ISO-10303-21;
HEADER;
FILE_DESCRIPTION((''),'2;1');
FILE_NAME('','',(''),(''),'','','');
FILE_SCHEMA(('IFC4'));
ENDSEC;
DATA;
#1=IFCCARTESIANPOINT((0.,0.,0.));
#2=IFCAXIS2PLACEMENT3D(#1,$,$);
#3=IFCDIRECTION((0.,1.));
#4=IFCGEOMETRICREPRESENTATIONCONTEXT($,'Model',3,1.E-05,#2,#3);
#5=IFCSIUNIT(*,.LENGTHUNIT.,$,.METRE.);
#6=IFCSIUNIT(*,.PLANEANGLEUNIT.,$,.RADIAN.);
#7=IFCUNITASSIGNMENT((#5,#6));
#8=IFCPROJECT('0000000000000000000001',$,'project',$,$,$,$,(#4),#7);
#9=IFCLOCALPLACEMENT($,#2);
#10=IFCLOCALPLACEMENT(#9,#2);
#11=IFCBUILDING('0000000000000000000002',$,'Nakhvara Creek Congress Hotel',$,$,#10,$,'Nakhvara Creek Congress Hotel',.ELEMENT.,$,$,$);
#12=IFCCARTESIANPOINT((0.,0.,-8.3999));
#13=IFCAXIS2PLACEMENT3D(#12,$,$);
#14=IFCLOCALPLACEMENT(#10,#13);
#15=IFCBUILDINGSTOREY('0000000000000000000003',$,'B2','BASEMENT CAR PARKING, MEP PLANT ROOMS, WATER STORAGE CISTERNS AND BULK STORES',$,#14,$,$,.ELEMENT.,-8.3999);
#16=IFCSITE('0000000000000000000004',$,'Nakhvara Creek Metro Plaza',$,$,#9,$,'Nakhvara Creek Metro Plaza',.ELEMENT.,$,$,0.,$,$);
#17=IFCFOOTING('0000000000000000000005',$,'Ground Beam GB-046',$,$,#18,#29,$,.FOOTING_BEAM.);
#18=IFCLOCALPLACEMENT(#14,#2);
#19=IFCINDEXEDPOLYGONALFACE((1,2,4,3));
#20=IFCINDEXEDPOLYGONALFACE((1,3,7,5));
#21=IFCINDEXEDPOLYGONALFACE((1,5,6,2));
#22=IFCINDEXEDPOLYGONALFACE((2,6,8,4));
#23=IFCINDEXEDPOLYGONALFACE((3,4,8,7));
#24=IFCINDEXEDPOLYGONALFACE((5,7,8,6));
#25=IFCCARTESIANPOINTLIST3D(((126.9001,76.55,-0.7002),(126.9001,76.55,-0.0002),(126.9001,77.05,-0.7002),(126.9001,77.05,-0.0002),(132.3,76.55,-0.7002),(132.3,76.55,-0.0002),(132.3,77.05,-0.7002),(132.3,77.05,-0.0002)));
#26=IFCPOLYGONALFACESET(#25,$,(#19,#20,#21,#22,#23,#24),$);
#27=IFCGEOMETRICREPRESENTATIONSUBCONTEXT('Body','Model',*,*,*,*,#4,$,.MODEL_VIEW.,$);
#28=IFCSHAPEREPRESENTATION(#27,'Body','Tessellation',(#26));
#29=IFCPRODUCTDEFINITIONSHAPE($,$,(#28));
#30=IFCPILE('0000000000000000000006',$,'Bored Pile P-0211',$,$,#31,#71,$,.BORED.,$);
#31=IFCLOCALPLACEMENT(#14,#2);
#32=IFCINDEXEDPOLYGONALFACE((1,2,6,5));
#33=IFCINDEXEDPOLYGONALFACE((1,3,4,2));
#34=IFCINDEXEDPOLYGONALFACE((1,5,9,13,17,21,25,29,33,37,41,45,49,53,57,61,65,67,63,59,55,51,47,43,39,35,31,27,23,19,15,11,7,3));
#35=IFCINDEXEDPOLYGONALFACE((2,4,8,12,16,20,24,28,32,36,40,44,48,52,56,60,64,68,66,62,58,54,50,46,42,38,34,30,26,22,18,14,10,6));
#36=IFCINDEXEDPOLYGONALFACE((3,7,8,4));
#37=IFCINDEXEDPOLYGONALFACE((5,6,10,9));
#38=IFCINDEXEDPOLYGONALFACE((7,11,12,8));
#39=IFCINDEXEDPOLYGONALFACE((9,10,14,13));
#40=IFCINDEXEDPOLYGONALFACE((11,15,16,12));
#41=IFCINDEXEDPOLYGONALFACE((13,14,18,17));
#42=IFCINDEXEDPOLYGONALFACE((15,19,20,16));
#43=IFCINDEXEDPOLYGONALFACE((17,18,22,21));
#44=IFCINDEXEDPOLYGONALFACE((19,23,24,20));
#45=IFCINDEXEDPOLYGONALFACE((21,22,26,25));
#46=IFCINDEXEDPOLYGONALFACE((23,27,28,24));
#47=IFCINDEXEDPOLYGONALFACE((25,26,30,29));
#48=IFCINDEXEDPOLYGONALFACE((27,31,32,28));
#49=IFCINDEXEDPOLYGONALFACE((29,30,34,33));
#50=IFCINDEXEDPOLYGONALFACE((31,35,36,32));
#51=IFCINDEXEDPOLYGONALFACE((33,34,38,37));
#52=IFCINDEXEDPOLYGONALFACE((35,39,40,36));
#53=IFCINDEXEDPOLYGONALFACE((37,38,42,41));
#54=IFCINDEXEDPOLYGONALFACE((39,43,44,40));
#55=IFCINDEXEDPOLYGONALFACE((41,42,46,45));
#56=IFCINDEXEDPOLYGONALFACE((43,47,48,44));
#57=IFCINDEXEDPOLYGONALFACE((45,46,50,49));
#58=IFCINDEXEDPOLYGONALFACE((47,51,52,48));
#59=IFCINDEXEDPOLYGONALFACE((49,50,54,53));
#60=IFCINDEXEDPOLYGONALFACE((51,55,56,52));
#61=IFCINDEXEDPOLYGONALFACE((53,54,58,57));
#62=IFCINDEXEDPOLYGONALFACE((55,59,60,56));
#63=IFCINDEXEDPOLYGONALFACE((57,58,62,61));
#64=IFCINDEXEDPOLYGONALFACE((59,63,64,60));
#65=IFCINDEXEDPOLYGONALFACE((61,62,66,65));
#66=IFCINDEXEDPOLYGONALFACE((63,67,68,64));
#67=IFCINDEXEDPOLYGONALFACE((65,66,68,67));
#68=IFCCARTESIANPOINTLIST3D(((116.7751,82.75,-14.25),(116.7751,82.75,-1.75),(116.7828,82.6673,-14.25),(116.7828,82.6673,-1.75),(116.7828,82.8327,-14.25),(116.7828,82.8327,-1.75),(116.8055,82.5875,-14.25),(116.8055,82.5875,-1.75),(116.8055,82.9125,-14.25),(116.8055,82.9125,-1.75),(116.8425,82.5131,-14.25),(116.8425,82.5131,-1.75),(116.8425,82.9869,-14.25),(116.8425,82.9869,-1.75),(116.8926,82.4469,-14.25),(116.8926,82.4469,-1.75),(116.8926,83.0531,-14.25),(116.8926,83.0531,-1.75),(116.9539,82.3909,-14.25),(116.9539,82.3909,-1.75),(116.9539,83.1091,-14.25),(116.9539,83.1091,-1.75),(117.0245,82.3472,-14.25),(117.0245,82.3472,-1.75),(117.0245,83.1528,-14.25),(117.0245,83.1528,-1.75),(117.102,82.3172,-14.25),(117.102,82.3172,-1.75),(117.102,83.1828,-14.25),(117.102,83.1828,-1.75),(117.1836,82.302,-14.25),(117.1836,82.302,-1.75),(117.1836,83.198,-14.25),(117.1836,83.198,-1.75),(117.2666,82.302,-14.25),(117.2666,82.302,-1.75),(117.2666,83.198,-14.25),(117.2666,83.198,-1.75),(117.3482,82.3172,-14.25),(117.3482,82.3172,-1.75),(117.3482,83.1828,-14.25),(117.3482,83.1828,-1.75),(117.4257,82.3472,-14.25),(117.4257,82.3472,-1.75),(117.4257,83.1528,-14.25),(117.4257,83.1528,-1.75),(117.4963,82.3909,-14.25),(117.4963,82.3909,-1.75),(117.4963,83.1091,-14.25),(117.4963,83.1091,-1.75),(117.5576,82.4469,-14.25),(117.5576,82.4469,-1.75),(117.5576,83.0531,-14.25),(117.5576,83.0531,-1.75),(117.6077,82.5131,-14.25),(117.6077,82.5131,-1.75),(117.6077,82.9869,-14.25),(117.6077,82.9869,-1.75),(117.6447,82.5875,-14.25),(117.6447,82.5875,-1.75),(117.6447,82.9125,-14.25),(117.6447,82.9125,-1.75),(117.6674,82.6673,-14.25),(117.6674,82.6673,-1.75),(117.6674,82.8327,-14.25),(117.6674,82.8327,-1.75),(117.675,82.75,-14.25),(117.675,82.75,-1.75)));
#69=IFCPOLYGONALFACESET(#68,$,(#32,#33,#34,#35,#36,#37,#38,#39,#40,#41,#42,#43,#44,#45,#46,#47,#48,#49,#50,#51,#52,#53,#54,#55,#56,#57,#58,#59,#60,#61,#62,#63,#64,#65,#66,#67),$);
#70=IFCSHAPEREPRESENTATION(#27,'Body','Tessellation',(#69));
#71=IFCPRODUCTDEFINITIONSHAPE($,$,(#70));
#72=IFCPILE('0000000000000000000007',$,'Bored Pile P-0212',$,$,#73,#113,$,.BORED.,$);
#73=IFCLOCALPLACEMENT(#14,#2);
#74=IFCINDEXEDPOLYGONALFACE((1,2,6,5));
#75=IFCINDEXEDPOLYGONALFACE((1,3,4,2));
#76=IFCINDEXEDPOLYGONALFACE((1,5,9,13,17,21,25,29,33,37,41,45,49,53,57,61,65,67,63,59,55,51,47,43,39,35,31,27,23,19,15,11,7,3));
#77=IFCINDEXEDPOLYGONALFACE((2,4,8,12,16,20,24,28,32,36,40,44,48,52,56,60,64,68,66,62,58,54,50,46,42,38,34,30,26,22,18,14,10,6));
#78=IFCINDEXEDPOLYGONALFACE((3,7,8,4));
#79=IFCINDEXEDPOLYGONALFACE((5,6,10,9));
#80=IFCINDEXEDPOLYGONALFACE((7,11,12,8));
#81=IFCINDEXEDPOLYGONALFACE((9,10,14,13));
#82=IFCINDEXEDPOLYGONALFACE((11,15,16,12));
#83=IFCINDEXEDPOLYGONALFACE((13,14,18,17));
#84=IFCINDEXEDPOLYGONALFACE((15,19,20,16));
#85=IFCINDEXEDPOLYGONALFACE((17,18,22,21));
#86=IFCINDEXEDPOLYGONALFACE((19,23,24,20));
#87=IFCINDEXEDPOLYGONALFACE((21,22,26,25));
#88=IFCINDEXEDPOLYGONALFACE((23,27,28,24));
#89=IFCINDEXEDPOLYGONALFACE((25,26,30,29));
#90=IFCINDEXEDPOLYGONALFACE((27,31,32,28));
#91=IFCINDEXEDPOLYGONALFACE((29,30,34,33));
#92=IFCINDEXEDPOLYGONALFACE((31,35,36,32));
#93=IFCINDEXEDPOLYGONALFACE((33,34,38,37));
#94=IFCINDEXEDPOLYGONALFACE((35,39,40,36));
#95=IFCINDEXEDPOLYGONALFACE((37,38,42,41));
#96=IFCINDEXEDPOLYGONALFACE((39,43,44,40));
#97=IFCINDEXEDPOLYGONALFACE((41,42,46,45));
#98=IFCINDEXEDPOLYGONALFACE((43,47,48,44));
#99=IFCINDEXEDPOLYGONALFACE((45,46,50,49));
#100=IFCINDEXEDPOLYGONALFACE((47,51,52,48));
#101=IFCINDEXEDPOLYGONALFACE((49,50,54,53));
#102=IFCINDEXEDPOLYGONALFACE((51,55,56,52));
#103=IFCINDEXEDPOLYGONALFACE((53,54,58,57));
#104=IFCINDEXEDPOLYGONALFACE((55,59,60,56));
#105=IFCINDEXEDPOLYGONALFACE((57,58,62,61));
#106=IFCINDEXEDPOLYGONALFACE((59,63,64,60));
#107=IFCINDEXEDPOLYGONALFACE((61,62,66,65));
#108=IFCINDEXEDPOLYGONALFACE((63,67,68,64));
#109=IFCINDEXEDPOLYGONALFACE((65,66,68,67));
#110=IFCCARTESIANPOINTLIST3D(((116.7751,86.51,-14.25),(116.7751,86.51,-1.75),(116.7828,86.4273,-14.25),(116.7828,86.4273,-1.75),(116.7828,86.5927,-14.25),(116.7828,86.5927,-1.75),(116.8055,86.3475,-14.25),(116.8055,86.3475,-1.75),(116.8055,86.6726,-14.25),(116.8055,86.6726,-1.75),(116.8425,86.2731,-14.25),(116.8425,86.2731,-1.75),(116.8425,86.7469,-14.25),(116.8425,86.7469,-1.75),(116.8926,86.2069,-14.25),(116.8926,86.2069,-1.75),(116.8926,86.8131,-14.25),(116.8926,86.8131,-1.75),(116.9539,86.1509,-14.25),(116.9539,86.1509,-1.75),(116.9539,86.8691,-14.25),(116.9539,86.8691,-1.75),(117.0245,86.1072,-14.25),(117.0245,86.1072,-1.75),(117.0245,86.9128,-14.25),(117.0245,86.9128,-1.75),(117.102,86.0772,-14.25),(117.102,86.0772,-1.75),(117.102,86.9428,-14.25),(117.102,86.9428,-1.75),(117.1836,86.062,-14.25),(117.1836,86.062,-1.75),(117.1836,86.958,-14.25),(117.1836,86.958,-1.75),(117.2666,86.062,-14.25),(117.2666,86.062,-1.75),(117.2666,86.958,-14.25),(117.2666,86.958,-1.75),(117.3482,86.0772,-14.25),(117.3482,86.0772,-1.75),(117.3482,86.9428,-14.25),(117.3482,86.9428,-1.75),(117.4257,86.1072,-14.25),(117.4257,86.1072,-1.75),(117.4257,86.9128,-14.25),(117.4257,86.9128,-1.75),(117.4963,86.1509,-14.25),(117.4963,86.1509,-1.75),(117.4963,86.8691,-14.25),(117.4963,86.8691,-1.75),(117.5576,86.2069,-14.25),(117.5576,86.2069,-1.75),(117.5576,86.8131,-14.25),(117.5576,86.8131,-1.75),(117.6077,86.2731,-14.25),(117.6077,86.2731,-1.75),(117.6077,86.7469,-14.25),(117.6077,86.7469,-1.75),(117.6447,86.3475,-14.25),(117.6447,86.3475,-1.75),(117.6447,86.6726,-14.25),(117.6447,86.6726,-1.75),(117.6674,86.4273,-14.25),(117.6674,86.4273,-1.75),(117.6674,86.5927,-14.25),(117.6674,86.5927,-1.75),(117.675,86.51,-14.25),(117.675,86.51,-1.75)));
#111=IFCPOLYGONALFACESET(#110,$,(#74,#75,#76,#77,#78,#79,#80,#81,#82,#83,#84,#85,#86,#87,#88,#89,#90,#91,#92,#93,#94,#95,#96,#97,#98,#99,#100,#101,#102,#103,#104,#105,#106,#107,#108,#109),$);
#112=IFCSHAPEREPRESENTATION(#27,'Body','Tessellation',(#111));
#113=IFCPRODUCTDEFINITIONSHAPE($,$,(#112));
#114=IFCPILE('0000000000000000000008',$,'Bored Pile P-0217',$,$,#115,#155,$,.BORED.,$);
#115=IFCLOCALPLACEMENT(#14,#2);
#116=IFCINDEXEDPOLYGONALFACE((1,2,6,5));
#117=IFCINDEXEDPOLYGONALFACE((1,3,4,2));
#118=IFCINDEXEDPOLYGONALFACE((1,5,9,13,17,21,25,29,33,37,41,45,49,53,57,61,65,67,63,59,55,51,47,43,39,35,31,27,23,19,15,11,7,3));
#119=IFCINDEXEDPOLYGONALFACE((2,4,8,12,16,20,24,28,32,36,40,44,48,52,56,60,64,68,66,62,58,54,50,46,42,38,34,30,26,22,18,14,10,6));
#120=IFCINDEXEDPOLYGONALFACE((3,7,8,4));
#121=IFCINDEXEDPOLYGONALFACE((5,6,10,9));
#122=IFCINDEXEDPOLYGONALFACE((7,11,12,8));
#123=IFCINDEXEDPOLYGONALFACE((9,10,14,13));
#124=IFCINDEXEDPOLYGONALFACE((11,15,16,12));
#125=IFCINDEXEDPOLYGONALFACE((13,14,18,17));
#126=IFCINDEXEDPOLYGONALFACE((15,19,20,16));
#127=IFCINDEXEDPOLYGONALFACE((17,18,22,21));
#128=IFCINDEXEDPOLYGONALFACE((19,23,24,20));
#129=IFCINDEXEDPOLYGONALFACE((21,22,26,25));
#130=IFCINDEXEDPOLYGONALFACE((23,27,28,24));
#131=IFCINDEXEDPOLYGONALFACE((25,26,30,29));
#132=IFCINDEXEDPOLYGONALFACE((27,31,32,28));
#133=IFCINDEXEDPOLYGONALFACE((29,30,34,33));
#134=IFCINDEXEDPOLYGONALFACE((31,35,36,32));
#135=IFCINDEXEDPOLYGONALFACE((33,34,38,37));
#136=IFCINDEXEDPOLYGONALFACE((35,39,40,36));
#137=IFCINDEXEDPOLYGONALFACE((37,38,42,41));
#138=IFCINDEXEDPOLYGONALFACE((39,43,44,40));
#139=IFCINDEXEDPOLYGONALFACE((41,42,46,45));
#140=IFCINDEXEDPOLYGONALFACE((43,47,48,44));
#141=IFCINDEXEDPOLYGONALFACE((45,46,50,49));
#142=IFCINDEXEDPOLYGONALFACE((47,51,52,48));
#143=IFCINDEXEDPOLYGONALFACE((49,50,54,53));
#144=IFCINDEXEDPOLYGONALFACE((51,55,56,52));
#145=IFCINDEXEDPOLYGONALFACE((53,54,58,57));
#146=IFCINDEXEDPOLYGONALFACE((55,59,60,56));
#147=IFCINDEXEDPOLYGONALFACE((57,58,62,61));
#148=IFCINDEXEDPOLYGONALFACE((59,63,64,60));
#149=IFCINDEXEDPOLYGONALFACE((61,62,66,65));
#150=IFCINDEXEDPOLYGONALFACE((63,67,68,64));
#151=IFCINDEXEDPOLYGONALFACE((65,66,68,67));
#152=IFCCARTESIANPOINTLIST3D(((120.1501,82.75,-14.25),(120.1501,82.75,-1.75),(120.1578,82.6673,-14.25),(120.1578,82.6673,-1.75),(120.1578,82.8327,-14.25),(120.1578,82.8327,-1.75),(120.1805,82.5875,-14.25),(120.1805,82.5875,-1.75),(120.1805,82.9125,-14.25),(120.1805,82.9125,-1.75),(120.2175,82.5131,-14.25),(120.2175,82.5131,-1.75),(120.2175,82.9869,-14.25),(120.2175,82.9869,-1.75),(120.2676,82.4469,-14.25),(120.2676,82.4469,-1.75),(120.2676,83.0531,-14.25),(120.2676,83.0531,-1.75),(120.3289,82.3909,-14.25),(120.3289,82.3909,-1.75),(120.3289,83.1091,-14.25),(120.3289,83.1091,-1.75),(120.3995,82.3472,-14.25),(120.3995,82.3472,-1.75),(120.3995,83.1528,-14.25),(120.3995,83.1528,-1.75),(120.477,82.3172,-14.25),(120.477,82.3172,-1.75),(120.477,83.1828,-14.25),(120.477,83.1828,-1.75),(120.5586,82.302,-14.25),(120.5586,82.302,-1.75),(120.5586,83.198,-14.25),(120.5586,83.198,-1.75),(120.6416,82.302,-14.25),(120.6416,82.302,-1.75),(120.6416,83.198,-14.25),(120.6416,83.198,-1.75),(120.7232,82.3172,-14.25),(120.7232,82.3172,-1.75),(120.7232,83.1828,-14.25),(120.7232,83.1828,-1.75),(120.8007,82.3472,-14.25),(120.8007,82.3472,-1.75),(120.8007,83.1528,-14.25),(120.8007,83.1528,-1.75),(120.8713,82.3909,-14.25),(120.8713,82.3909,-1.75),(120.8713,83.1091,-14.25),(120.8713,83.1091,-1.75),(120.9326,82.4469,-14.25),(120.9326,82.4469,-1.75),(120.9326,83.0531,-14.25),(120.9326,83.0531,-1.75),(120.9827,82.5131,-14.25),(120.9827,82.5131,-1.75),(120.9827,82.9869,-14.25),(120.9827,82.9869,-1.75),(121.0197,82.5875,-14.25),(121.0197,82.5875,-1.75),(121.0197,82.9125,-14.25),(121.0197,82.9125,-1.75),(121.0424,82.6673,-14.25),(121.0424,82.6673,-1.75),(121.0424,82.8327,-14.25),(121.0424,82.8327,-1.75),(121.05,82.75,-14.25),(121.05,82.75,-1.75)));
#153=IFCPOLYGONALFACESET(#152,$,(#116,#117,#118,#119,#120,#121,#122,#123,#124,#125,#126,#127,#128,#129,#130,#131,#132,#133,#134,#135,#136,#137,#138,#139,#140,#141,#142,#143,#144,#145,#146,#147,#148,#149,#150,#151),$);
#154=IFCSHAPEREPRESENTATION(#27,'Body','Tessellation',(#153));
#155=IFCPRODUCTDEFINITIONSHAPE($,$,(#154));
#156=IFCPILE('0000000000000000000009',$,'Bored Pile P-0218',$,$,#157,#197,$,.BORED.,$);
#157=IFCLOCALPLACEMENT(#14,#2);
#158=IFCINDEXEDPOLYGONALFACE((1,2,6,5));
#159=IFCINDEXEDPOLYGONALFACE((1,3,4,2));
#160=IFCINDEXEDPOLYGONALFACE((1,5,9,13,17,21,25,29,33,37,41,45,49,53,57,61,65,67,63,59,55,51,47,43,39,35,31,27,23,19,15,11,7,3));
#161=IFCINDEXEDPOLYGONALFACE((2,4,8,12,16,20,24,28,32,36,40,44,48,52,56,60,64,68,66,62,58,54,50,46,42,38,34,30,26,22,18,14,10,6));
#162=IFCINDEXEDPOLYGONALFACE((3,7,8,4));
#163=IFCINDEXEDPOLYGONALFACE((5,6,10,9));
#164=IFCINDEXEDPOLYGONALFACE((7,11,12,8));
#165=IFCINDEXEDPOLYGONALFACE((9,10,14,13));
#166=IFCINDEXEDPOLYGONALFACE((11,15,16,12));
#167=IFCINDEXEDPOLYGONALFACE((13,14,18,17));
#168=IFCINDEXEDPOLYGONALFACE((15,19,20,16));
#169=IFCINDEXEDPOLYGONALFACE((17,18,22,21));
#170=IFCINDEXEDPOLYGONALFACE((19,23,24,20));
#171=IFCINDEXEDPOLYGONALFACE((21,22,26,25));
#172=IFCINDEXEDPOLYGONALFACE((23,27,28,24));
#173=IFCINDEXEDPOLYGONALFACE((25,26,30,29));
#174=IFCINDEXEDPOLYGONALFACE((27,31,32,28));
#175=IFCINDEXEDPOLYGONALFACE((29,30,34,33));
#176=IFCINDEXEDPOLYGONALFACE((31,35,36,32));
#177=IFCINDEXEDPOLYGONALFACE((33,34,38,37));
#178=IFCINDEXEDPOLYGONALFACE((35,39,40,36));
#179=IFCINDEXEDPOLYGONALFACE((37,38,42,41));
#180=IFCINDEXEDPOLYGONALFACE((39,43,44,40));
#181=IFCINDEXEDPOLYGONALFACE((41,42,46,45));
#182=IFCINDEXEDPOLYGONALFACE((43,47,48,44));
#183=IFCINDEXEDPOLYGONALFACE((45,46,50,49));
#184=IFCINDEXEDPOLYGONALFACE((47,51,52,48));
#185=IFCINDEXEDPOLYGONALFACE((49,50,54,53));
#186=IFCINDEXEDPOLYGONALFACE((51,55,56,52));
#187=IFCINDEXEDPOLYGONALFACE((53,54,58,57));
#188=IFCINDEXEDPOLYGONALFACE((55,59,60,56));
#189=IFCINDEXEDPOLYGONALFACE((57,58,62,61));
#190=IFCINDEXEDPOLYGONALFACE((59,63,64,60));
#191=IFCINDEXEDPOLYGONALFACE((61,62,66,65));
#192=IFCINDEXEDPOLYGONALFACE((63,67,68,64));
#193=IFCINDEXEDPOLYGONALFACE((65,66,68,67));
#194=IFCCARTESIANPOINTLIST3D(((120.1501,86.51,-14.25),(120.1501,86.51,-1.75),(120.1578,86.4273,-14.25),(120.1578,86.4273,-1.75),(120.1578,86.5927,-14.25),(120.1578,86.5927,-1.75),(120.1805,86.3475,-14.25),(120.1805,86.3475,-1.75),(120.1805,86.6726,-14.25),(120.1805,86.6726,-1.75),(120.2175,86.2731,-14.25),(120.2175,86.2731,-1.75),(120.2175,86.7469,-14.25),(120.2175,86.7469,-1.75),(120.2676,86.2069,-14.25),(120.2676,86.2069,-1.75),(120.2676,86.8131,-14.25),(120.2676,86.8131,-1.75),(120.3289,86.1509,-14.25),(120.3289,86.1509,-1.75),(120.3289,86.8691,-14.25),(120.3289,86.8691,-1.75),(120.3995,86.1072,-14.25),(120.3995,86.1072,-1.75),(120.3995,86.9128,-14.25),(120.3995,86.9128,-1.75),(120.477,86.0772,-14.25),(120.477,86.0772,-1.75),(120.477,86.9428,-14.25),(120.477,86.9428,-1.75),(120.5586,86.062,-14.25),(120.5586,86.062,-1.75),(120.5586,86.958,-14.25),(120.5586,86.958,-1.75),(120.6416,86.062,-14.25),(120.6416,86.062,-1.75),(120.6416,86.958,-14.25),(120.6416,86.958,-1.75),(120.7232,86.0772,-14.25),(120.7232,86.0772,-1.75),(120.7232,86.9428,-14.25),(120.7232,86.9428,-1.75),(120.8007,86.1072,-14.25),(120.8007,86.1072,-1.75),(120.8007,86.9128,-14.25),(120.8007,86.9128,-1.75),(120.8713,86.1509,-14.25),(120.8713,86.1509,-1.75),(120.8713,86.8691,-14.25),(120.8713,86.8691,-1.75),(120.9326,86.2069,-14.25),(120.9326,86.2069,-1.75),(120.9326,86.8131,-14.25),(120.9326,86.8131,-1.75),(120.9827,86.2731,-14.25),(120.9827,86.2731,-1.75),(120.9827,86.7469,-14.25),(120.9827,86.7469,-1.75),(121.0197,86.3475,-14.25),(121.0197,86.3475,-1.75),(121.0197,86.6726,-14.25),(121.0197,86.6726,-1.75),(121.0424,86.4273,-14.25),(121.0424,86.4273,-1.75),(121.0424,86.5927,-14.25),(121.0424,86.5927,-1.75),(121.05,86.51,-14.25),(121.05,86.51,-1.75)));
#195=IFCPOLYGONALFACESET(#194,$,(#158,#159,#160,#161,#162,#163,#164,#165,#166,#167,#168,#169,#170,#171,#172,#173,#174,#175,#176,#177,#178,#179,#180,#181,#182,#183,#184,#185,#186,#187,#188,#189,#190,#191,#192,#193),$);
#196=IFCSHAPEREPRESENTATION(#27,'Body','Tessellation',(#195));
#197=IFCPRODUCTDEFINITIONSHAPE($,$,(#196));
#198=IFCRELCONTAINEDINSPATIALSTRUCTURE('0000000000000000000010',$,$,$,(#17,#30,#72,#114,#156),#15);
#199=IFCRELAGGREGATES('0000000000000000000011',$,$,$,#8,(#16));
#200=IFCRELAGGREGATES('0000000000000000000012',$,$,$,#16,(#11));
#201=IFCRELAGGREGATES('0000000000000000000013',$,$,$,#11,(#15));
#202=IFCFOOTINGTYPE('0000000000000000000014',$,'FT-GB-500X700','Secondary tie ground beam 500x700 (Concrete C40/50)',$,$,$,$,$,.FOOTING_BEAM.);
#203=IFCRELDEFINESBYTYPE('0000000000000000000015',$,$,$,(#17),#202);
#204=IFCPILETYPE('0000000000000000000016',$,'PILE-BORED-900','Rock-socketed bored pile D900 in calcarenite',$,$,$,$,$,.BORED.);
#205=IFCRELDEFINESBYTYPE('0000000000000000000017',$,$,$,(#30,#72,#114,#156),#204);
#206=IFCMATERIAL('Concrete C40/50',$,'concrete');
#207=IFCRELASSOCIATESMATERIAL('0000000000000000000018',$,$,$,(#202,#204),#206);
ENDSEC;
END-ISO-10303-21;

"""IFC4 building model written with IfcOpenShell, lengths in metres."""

from ifc_helpers import new_model, si_unit, direction, frame, origin, origin_2d, place, context, subcontext, project, spatial, rectangle, circle, extrude, material, material_profile, profile_set, type_object, element, save


model = new_model("IFC4")

# Units and contexts
model_context = context("Model", 3, precision=1e-05, world=origin(), true_north=direction((0.0, 1.0)))
body_context = subcontext(model_context, "Body", "Model", "MODEL_VIEW")
ifc_project = project(units=[si_unit("LENGTHUNIT", "METRE"), si_unit("PLANEANGLEUNIT", "RADIAN")], contexts=[model_context])

# Site, building, storey
site_placement = place(None, origin())
site = spatial("IfcSite", under=ifc_project, at=site_placement, Name="Nakhvara Creek Metro Plaza", LongName="Nakhvara Creek Metro Plaza", CompositionType="ELEMENT", RefElevation=0.0)
building_placement = place(site_placement, origin())
building = spatial("IfcBuilding", under=site, at=building_placement, Name="Nakhvara Creek Congress Hotel", LongName="Nakhvara Creek Congress Hotel", CompositionType="ELEMENT")
storey_placement = place(building_placement, frame((0.0, 0.0, -8.3999)))
storey = spatial("IfcBuildingStorey", under=building, at=storey_placement, Name="B2", Description="BASEMENT CAR PARKING, MEP PLANT ROOMS, WATER STORAGE CISTERNS AND BULK STORES", CompositionType="ELEMENT", Elevation=-8.3999)

# Footing
ifc_material_1 = material(Name="Concrete C40/50", Category="concrete")
footing_type = type_object("IfcFootingType", Name="FT-GB-500X700", Description="Secondary tie ground beam 500x700 (Concrete C40/50)", PredefinedType="FOOTING_BEAM", material=ifc_material_1)
footing_placement = place(storey_placement, frame((129.6001, 76.8, -0.7002), z_axis=(0.0, 0.0, 1.0), x_axis=(1.0, 0.0, 0.0)))
element("IfcFooting", 1, at=footing_placement, inside=storey, type_object=footing_type, Name="Ground Beam GB-046", PredefinedType="FOOTING_BEAM", context=body_context, shape_type="SweptSolid", body=[
    extrude(rectangle(XDim=5.3999, YDim=0.5, at=origin_2d()), origin(), (0.0, 0.0, 1.0), 0.7),
])

# Piles
ifc_material_profile_1 = material_profile(ifc_material_1, circle(Radius=0.45, at=origin_2d()), Name="BORED PILE D900", Category="LoadBearing")
ifc_profile_set_1 = profile_set([ifc_material_profile_1], Name="Concrete C40/50")
pile_type = type_object("IfcPileType", Name="PILE-BORED-900", Description="Rock-socketed bored pile D900 in calcarenite", PredefinedType="BORED", material=ifc_profile_set_1)
for number, where, z_axis, x_axis, name in (
    (2, (117.2251, 82.75, -1.75), (0.0, 0.0, -1.0), (1.0, 0.0, 0.0), "Bored Pile P-0211"),
    (3, (117.2251, 86.51, -1.75), (0.0, 0.0, -1.0), (1.0, 0.0, 0.0), "Bored Pile P-0212"),
    (4, (120.6001, 82.75, -1.75), (0.0, 0.0, -1.0), (1.0, 0.0, 0.0), "Bored Pile P-0217"),
    (5, (120.6001, 86.51, -1.75), (0.0, 0.0, -1.0), (1.0, 0.0, 0.0), "Bored Pile P-0218"),
):
    element("IfcPile", number, at=place(storey_placement, frame(where, z_axis=z_axis, x_axis=x_axis)), inside=storey, type_object=pile_type, Name=name, PredefinedType="BORED", context=body_context, shape_type="SweptSolid", body=[
        extrude(circle(Radius=0.45, at=origin_2d()), origin(), (0.0, 0.0, 1.0), 12.5),
    ])

save(model, "model.ifc")
